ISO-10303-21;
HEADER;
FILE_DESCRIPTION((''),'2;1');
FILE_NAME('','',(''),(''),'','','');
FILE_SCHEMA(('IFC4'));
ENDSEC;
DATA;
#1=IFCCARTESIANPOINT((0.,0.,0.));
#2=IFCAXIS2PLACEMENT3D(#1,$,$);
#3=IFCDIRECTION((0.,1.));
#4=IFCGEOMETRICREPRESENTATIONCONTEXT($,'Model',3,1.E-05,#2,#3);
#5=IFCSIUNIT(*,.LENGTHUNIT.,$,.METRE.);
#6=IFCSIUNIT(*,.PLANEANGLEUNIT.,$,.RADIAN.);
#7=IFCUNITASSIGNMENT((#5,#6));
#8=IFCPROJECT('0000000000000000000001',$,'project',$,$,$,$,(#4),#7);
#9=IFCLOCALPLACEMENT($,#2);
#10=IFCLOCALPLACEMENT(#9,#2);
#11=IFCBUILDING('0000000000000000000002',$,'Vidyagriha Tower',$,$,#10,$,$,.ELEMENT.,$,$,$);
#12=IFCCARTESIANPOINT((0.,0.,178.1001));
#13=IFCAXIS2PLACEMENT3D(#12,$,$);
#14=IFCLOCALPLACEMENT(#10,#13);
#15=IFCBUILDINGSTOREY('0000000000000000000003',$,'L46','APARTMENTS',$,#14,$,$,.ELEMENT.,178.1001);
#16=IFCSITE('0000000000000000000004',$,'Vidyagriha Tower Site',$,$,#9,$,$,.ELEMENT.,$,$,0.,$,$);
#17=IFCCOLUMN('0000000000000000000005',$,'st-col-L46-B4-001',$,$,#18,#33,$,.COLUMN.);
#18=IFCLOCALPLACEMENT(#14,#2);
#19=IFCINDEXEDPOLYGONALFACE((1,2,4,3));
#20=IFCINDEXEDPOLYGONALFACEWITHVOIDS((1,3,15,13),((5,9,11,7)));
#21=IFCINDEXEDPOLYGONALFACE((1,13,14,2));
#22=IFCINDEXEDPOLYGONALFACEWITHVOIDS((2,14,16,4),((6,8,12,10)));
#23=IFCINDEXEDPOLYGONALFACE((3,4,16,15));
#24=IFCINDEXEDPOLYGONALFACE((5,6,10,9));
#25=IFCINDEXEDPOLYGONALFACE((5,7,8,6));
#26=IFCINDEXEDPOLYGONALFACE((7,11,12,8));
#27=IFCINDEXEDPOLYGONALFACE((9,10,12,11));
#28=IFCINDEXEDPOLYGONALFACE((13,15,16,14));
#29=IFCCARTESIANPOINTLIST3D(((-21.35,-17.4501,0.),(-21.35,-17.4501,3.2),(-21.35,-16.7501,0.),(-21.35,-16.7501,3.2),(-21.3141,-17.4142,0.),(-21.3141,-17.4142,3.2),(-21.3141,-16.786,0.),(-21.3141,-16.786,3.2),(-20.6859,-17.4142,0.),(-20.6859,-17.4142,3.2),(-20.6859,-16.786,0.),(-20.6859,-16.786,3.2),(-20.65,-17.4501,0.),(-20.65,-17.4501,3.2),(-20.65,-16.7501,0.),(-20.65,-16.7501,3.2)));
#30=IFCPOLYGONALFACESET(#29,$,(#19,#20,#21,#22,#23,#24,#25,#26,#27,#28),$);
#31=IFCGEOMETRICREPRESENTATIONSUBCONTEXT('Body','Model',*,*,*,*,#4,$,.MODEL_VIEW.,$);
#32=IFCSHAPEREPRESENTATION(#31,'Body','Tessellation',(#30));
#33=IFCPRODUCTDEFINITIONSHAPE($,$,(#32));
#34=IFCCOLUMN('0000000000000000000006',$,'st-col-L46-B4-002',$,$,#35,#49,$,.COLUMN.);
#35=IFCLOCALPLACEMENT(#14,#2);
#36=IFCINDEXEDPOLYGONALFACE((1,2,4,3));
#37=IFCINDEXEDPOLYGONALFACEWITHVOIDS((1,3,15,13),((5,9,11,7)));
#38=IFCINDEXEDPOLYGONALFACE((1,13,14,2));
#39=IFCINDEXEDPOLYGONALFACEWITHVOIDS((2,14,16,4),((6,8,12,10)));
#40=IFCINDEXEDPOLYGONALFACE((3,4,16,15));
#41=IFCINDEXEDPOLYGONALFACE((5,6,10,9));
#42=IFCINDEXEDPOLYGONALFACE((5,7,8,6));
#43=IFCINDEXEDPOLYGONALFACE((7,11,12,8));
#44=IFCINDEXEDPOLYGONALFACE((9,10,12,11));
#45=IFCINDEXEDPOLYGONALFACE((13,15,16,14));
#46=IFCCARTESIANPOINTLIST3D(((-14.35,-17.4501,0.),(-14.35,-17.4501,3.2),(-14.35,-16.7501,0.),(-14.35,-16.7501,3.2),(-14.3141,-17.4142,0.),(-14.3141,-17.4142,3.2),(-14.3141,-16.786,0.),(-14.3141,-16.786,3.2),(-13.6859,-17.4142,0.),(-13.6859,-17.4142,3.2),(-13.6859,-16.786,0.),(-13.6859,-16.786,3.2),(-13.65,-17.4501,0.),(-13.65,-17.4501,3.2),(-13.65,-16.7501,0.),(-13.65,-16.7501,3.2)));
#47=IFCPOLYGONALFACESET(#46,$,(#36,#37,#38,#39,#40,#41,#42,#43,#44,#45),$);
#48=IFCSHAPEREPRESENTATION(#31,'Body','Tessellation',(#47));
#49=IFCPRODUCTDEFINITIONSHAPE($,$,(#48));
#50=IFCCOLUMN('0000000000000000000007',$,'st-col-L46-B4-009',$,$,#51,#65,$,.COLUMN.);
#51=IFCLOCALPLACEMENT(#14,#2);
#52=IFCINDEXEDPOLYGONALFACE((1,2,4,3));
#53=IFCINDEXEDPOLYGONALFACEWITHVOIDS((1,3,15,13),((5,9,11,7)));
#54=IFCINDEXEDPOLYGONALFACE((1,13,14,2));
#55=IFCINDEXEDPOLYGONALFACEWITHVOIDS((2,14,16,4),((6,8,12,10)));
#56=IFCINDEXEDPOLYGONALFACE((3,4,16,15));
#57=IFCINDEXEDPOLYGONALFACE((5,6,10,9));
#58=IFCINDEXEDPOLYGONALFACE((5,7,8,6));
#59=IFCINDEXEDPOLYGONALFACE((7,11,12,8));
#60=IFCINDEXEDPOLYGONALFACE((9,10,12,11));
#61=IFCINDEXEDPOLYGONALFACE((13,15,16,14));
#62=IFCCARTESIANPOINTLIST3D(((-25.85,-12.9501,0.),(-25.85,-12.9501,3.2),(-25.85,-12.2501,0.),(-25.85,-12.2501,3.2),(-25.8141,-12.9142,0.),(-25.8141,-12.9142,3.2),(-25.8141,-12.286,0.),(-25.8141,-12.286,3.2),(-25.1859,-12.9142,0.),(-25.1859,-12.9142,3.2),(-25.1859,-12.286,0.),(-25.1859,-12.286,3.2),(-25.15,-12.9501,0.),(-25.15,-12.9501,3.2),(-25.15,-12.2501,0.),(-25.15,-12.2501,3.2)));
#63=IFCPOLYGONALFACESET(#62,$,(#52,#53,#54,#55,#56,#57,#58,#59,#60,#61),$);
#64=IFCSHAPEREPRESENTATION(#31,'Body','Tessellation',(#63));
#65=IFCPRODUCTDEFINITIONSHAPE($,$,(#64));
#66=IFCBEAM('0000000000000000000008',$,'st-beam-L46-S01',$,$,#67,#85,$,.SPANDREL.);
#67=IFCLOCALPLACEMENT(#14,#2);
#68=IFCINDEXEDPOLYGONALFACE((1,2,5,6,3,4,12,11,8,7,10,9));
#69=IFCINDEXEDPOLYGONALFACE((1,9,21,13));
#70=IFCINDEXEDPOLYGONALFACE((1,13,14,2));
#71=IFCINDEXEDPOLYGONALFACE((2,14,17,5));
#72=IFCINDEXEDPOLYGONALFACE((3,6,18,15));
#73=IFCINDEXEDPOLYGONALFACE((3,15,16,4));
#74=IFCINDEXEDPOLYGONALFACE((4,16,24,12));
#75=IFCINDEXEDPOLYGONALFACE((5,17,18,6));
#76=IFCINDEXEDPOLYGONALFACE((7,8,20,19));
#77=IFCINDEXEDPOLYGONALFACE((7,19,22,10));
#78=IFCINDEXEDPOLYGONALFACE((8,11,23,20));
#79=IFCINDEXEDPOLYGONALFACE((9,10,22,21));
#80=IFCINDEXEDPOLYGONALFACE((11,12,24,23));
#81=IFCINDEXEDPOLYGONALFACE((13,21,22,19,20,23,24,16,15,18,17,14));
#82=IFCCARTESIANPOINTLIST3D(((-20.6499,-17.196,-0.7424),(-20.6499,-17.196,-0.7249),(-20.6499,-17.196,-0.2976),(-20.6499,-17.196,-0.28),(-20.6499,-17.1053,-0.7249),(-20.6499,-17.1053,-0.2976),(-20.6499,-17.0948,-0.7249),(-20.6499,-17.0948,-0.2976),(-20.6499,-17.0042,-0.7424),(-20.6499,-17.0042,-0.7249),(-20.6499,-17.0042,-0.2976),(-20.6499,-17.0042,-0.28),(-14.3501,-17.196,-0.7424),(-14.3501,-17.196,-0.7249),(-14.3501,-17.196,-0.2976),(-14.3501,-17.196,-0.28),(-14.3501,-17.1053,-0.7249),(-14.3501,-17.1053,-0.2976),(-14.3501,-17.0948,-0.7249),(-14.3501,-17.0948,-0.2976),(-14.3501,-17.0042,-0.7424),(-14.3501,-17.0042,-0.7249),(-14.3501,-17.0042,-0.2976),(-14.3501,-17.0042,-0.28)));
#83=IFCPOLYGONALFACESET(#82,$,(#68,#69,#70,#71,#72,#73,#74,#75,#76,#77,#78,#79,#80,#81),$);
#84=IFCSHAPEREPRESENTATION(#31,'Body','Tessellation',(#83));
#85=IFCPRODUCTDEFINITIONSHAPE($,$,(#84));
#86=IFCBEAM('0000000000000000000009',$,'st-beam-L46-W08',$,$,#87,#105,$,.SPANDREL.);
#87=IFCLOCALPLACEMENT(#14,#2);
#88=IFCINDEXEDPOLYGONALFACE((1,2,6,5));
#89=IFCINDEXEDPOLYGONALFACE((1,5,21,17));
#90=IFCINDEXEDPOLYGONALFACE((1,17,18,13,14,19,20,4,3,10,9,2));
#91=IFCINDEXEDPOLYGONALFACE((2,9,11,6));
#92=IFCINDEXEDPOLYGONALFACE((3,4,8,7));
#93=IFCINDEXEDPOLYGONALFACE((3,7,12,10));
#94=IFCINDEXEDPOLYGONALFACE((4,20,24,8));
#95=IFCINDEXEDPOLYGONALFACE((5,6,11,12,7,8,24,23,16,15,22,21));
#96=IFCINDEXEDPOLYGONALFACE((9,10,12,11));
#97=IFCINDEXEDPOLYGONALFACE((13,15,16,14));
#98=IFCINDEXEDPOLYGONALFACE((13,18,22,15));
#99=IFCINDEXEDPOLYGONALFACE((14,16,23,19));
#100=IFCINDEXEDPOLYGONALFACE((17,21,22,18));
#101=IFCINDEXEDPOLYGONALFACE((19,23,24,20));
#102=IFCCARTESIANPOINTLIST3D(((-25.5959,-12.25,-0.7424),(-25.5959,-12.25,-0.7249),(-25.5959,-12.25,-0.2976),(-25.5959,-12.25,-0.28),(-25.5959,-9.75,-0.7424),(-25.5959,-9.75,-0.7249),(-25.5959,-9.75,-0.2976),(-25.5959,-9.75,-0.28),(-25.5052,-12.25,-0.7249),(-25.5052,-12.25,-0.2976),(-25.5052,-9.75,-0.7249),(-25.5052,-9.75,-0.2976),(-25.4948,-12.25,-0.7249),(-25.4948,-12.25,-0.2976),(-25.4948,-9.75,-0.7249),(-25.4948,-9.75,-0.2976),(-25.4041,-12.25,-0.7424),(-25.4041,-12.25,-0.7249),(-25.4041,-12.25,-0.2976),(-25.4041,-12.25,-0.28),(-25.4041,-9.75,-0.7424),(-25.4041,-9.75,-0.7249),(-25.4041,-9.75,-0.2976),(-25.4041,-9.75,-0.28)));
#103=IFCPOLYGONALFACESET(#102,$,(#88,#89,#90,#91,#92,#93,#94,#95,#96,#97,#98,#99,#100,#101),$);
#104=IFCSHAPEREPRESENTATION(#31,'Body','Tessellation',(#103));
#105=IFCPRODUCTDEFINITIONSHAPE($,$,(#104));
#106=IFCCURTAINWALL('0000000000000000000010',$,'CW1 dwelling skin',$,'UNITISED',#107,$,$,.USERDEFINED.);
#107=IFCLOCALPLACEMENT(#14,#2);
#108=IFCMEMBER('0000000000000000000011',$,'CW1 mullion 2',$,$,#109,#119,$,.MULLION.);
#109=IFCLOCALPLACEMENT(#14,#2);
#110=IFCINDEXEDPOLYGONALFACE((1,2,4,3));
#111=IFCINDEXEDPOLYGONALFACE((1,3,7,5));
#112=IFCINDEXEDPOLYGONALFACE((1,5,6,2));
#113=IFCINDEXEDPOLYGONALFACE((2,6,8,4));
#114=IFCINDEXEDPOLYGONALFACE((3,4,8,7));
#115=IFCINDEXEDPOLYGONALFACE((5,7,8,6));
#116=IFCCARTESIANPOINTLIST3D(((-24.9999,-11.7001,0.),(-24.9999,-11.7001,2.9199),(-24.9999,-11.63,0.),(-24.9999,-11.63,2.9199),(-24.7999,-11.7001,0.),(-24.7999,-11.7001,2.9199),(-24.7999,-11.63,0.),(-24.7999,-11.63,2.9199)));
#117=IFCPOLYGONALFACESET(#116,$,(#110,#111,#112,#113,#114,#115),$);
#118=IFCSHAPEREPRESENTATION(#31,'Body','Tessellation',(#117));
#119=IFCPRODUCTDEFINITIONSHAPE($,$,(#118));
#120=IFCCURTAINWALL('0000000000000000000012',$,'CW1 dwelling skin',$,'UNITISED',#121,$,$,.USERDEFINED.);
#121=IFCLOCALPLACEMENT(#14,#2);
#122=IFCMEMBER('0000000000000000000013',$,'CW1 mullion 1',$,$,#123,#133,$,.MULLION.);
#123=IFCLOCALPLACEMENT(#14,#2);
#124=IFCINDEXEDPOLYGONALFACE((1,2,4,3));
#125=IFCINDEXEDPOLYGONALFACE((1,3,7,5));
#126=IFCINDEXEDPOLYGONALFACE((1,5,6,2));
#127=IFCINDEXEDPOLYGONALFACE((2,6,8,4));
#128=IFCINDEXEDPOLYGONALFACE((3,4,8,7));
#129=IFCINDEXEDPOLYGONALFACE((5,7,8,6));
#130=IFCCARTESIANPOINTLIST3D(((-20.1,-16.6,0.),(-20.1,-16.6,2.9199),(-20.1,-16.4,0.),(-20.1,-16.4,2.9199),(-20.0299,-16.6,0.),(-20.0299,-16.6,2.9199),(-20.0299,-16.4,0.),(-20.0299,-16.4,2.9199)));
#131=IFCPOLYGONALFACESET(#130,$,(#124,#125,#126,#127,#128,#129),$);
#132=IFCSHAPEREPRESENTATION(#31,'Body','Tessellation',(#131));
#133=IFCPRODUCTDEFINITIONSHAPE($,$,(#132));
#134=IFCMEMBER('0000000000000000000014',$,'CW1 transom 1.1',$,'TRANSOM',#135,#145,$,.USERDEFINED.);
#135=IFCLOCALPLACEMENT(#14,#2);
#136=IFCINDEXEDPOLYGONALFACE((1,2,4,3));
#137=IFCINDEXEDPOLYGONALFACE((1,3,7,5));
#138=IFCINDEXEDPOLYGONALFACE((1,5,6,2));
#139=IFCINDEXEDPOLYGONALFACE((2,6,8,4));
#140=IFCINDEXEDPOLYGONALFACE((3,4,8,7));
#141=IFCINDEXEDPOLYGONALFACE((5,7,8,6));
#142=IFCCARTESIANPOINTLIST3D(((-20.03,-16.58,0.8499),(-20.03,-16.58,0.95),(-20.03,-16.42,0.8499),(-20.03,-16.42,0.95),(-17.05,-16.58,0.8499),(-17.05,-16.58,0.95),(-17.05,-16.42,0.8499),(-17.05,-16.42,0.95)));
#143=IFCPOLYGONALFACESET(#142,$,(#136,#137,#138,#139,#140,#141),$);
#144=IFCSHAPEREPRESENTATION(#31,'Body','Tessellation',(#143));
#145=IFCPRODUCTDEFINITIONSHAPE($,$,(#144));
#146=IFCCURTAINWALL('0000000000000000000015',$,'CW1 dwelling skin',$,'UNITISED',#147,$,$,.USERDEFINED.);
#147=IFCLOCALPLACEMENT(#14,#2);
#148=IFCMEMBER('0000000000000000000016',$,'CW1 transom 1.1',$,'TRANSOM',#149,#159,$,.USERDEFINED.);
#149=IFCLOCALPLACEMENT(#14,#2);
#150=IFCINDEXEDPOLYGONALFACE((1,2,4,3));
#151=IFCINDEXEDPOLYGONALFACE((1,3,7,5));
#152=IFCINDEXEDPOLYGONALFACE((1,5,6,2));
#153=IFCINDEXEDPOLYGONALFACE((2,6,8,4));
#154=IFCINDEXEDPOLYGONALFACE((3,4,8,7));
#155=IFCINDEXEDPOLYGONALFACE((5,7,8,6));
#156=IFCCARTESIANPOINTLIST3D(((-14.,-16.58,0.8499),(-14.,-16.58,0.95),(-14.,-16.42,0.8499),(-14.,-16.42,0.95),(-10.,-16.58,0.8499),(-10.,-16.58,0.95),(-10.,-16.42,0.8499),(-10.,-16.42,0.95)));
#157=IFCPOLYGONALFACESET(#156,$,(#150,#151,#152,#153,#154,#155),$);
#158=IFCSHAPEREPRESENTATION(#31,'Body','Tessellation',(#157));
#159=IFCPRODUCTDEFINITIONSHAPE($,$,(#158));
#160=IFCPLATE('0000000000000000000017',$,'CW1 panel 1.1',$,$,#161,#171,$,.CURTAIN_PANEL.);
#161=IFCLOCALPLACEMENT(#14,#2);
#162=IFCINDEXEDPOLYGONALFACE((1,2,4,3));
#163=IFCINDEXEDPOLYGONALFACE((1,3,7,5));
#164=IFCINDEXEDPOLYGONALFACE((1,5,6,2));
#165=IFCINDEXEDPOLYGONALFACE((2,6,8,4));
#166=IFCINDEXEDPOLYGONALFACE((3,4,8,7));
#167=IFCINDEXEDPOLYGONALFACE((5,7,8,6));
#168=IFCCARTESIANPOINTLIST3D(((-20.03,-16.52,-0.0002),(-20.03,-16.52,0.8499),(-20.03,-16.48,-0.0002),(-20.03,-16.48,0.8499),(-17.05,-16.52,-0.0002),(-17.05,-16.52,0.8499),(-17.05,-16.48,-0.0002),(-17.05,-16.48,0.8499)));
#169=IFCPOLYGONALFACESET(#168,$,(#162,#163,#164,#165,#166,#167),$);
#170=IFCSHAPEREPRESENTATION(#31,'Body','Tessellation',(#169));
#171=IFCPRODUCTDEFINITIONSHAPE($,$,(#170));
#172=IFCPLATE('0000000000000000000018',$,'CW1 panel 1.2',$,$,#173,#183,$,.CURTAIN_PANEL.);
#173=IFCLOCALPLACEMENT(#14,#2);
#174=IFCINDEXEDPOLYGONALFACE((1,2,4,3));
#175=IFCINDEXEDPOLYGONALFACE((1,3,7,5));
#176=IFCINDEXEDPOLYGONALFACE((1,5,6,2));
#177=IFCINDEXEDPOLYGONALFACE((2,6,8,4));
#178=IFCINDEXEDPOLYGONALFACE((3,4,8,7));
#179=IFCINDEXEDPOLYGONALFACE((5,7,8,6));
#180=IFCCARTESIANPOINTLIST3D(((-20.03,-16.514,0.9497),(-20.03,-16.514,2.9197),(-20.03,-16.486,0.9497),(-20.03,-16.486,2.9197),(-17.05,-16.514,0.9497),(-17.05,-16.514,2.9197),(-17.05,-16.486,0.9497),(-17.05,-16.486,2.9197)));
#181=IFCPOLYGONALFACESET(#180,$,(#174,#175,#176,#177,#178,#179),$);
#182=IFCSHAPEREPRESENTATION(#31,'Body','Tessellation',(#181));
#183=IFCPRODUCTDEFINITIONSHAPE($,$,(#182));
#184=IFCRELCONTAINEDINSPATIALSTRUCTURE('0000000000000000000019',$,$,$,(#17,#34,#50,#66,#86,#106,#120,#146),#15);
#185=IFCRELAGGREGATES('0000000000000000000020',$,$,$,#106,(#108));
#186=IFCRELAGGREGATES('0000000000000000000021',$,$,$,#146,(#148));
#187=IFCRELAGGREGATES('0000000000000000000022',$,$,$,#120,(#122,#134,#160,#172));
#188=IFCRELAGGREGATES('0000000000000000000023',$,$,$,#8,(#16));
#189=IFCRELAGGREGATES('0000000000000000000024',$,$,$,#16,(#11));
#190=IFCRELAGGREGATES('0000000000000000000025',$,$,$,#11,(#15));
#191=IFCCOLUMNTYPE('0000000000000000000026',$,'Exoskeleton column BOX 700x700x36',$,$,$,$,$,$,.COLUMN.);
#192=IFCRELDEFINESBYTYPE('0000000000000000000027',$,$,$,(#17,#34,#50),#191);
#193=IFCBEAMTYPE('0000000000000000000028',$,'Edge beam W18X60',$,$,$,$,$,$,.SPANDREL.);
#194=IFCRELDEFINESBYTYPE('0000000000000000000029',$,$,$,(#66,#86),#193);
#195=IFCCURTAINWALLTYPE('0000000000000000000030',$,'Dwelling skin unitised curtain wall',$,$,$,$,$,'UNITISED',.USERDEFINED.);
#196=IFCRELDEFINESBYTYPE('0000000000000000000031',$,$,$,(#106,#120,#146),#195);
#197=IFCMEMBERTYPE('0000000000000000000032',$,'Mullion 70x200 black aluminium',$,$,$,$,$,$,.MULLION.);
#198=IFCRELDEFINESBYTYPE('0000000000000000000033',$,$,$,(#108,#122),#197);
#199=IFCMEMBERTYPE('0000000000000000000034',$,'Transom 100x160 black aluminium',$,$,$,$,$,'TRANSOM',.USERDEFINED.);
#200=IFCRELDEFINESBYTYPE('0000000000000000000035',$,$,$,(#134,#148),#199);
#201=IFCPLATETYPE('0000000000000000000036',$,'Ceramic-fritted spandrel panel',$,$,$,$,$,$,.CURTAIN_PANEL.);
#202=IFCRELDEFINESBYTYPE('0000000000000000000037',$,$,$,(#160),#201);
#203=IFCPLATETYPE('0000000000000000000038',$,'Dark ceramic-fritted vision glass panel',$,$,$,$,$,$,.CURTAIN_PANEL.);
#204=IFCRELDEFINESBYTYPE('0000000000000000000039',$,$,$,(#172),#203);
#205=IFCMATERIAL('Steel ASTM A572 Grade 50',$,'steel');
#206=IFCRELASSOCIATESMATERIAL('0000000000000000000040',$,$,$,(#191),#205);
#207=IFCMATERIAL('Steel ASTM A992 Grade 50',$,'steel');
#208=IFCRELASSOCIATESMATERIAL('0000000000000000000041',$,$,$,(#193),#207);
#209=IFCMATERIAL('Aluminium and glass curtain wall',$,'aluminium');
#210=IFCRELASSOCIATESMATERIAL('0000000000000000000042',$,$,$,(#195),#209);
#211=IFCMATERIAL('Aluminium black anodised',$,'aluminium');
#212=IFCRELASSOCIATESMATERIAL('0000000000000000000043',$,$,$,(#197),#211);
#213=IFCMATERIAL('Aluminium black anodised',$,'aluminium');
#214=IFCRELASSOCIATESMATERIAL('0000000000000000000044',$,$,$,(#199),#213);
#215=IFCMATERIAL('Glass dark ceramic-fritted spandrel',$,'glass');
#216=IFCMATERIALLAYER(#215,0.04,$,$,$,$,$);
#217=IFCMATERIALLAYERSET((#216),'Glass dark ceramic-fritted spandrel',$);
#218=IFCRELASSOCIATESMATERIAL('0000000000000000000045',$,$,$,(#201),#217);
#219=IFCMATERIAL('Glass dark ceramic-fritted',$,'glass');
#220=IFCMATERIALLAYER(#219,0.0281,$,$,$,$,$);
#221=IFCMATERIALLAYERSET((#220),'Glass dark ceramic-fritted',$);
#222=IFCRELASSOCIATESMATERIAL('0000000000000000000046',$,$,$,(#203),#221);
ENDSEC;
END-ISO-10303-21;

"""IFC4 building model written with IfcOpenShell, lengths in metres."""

from ifc_helpers import new_model, si_unit, direction, frame, origin, origin_2d, place, context, subcontext, project, spatial, rectangle, hollow_rectangle, i_section, extrude, material, layer, layer_set, material_profile, profile_set, type_object, element, aggregate, save


model = new_model("IFC4")

# Units and contexts
model_context = context("Model", 3, precision=1e-05, world=origin(), true_north=direction((0.0, 1.0)))
body_context = subcontext(model_context, "Body", "Model", "MODEL_VIEW")
ifc_project = project(units=[si_unit("LENGTHUNIT", "METRE"), si_unit("PLANEANGLEUNIT", "RADIAN")], contexts=[model_context])

# Site, building, storey
site_placement = place(None, origin())
site = spatial("IfcSite", under=ifc_project, at=site_placement, Name="Vidyagriha Tower Site", CompositionType="ELEMENT", RefElevation=0.0)
building_placement = place(site_placement, origin())
building = spatial("IfcBuilding", under=site, at=building_placement, Name="Vidyagriha Tower", CompositionType="ELEMENT")
storey_placement = place(building_placement, frame((0.0, 0.0, 178.1001)))
storey = spatial("IfcBuildingStorey", under=building, at=storey_placement, Name="L46", Description="APARTMENTS", CompositionType="ELEMENT", Elevation=178.1001)

# Columns
ifc_material_1 = material(Name="Steel ASTM A572 Grade 50", Category="steel")
ifc_material_profile_1 = material_profile(ifc_material_1, hollow_rectangle(XDim=0.7, YDim=0.7, WallThickness=0.0359, at=origin_2d()), Name="BOX 700x700x36")
ifc_profile_set_1 = profile_set([ifc_material_profile_1], Name="Steel ASTM A572 Grade 50")
column_type = type_object("IfcColumnType", Name="Exoskeleton column BOX 700x700x36", PredefinedType="COLUMN", material=ifc_profile_set_1)
for number, where, name in (
    (1, (-21.0, -17.1001, 0.0), "st-col-L46-B4-001"),
    (2, (-14.0, -17.1001, 0.0), "st-col-L46-B4-002"),
    (3, (-25.5, -12.6001, 0.0), "st-col-L46-B4-009"),
):
    element("IfcColumn", number, at=place(storey_placement, frame(where)), inside=storey, type_object=column_type, Name=name, PredefinedType="COLUMN", context=body_context, shape_type="SweptSolid", body=[
        extrude(hollow_rectangle(XDim=0.7, YDim=0.7, WallThickness=0.0359, at=origin_2d()), origin(), (0.0, 0.0, 1.0), 3.2),
    ])

# Beams
ifc_material_2 = material(Name="Steel ASTM A992 Grade 50", Category="steel")
ifc_material_profile_2 = material_profile(ifc_material_2, i_section(OverallWidth=0.1919, OverallDepth=0.4624, WebThickness=0.0105, FlangeThickness=0.0176, at=origin_2d()), Name="W18X60")
ifc_profile_set_2 = profile_set([ifc_material_profile_2], Name="Steel ASTM A992 Grade 50")
beam_type = type_object("IfcBeamType", Name="Edge beam W18X60", PredefinedType="SPANDREL", material=ifc_profile_set_2)
beam_1_placement = place(storey_placement, frame((-20.6499, -17.1001, -0.5112), z_axis=(1.0, 0.0, 0.0), x_axis=(0.0, 1.0, 0.0)))
element("IfcBeam", 4, at=beam_1_placement, inside=storey, type_object=beam_type, Name="st-beam-L46-S01", PredefinedType="SPANDREL", context=body_context, shape_type="SweptSolid", body=[
    extrude(i_section(OverallWidth=0.1919, OverallDepth=0.4624, WebThickness=0.0105, FlangeThickness=0.0176, at=origin_2d()), origin(), (0.0, 0.0, 1.0), 6.2998),
])
beam_2_placement = place(storey_placement, frame((-25.5, -12.25, -0.5112), z_axis=(0.0, 1.0, 0.0), x_axis=(-1.0, 0.0, 0.0)))
element("IfcBeam", 5, at=beam_2_placement, inside=storey, type_object=beam_type, Name="st-beam-L46-W08", PredefinedType="SPANDREL", context=body_context, shape_type="SweptSolid", body=[
    extrude(i_section(OverallWidth=0.1919, OverallDepth=0.4624, WebThickness=0.0105, FlangeThickness=0.0176, at=origin_2d()), origin(), (0.0, 0.0, 1.0), 2.5),
])

# Curtain wall, member
ifc_material_3 = material(Name="Aluminium and glass curtain wall", Category="aluminium")
curtain_wall_type = type_object("IfcCurtainWallType", Name="Dwelling skin unitised curtain wall", ElementType="UNITISED", PredefinedType="USERDEFINED", material=ifc_material_3)
curtain_wall_1_placement = place(storey_placement, origin())
curtain_wall_1 = element("IfcCurtainWall", 6, at=curtain_wall_1_placement, inside=storey, type_object=curtain_wall_type, Name="CW1 dwelling skin", ObjectType="UNITISED", PredefinedType="USERDEFINED")
ifc_material_4 = material(Name="Aluminium black anodised", Category="aluminium")
ifc_material_profile_3 = material_profile(ifc_material_4, rectangle(XDim=0.2, YDim=0.0701, at=origin_2d()), Name="Mullion 70x200 black aluminium")
ifc_profile_set_3 = profile_set([ifc_material_profile_3], Name="Aluminium black anodised")
member_type_1 = type_object("IfcMemberType", Name="Mullion 70x200 black aluminium", PredefinedType="MULLION", material=ifc_profile_set_3)
member_1_placement = place(storey_placement, frame((-24.8999, -11.665, 0.0)))
member_1 = element("IfcMember", 7, at=member_1_placement, type_object=member_type_1, Name="CW1 mullion 2", PredefinedType="MULLION", context=body_context, shape_type="SweptSolid", body=[
    extrude(rectangle(XDim=0.2, YDim=0.0701, at=origin_2d()), origin(), (0.0, 0.0, 1.0), 2.9199),
])
aggregate(curtain_wall_1, [member_1])

# Curtain wall, members
curtain_wall_2_placement = place(storey_placement, origin())
curtain_wall_2 = element("IfcCurtainWall", 8, at=curtain_wall_2_placement, inside=storey, type_object=curtain_wall_type, Name="CW1 dwelling skin", ObjectType="UNITISED", PredefinedType="USERDEFINED")
member_2_placement = place(storey_placement, frame((-20.0649, -16.5, 0.0), z_axis=(0.0, 0.0, 1.0), x_axis=(0.0, 1.0, 0.0)))
member_2 = element("IfcMember", 9, at=member_2_placement, type_object=member_type_1, Name="CW1 mullion 1", PredefinedType="MULLION", context=body_context, shape_type="SweptSolid", body=[
    extrude(rectangle(XDim=0.2, YDim=0.0701, at=origin_2d()), origin(), (0.0, 0.0, 1.0), 2.9199),
])
ifc_material_5 = material(Name="Aluminium black anodised", Category="aluminium")
ifc_material_profile_4 = material_profile(ifc_material_5, rectangle(XDim=0.1599, YDim=0.1001, at=origin_2d()), Name="Transom 100x160 black aluminium")
ifc_profile_set_4 = profile_set([ifc_material_profile_4], Name="Aluminium black anodised")
member_type_2 = type_object("IfcMemberType", Name="Transom 100x160 black aluminium", ElementType="TRANSOM", PredefinedType="USERDEFINED", material=ifc_profile_set_4)
member_3_placement = place(storey_placement, frame((-20.03, -16.5, 0.8999), z_axis=(1.0, 0.0, 0.0), x_axis=(0.0, 1.0, 0.0)))
member_3 = element("IfcMember", 10, at=member_3_placement, type_object=member_type_2, Name="CW1 transom 1.1", ObjectType="TRANSOM", PredefinedType="USERDEFINED", context=body_context, shape_type="SweptSolid", body=[
    extrude(rectangle(XDim=0.1599, YDim=0.1001, at=origin_2d()), origin(), (0.0, 0.0, 1.0), 2.98),
])

# Curtain wall, member
curtain_wall_3_placement = place(storey_placement, origin())
curtain_wall_3 = element("IfcCurtainWall", 11, at=curtain_wall_3_placement, inside=storey, type_object=curtain_wall_type, Name="CW1 dwelling skin", ObjectType="UNITISED", PredefinedType="USERDEFINED")
member_4_placement = place(storey_placement, frame((-14.0, -16.5, 0.8999), z_axis=(1.0, 0.0, 0.0), x_axis=(0.0, 1.0, 0.0)))
member_4 = element("IfcMember", 12, at=member_4_placement, type_object=member_type_2, Name="CW1 transom 1.1", ObjectType="TRANSOM", PredefinedType="USERDEFINED", context=body_context, shape_type="SweptSolid", body=[
    extrude(rectangle(XDim=0.1599, YDim=0.1001, at=origin_2d()), origin(), (0.0, 0.0, 1.0), 4.0),
])
aggregate(curtain_wall_3, [member_4])

# Plates
ifc_material_6 = material(Name="Glass dark ceramic-fritted spandrel", Category="glass")
ifc_layer_1 = layer(ifc_material_6, 0.04)
ifc_layer_set_1 = layer_set([ifc_layer_1], Name="Glass dark ceramic-fritted spandrel")
plate_type_1 = type_object("IfcPlateType", Name="Ceramic-fritted spandrel panel", PredefinedType="CURTAIN_PANEL", material=ifc_layer_set_1)
plate_1_placement = place(storey_placement, frame((-18.54, -16.5, -0.0002)))
plate_1 = element("IfcPlate", 13, at=plate_1_placement, type_object=plate_type_1, Name="CW1 panel 1.1", PredefinedType="CURTAIN_PANEL", context=body_context, shape_type="SweptSolid", body=[
    extrude(rectangle(XDim=2.98, YDim=0.04, at=origin_2d()), origin(), (0.0, 0.0, 1.0), 0.8501),
])
ifc_material_7 = material(Name="Glass dark ceramic-fritted", Category="glass")
ifc_layer_2 = layer(ifc_material_7, 0.0281)
ifc_layer_set_2 = layer_set([ifc_layer_2], Name="Glass dark ceramic-fritted")
plate_type_2 = type_object("IfcPlateType", Name="Dark ceramic-fritted vision glass panel", PredefinedType="CURTAIN_PANEL", material=ifc_layer_set_2)
plate_2_placement = place(storey_placement, frame((-18.54, -16.5, 0.9497)))
plate_2 = element("IfcPlate", 14, at=plate_2_placement, type_object=plate_type_2, Name="CW1 panel 1.2", PredefinedType="CURTAIN_PANEL", context=body_context, shape_type="SweptSolid", body=[
    extrude(rectangle(XDim=2.98, YDim=0.0281, at=origin_2d()), origin(), (0.0, 0.0, 1.0), 1.97),
])
aggregate(curtain_wall_2, [member_2, member_3, plate_1, plate_2])

save(model, "model.ifc")
